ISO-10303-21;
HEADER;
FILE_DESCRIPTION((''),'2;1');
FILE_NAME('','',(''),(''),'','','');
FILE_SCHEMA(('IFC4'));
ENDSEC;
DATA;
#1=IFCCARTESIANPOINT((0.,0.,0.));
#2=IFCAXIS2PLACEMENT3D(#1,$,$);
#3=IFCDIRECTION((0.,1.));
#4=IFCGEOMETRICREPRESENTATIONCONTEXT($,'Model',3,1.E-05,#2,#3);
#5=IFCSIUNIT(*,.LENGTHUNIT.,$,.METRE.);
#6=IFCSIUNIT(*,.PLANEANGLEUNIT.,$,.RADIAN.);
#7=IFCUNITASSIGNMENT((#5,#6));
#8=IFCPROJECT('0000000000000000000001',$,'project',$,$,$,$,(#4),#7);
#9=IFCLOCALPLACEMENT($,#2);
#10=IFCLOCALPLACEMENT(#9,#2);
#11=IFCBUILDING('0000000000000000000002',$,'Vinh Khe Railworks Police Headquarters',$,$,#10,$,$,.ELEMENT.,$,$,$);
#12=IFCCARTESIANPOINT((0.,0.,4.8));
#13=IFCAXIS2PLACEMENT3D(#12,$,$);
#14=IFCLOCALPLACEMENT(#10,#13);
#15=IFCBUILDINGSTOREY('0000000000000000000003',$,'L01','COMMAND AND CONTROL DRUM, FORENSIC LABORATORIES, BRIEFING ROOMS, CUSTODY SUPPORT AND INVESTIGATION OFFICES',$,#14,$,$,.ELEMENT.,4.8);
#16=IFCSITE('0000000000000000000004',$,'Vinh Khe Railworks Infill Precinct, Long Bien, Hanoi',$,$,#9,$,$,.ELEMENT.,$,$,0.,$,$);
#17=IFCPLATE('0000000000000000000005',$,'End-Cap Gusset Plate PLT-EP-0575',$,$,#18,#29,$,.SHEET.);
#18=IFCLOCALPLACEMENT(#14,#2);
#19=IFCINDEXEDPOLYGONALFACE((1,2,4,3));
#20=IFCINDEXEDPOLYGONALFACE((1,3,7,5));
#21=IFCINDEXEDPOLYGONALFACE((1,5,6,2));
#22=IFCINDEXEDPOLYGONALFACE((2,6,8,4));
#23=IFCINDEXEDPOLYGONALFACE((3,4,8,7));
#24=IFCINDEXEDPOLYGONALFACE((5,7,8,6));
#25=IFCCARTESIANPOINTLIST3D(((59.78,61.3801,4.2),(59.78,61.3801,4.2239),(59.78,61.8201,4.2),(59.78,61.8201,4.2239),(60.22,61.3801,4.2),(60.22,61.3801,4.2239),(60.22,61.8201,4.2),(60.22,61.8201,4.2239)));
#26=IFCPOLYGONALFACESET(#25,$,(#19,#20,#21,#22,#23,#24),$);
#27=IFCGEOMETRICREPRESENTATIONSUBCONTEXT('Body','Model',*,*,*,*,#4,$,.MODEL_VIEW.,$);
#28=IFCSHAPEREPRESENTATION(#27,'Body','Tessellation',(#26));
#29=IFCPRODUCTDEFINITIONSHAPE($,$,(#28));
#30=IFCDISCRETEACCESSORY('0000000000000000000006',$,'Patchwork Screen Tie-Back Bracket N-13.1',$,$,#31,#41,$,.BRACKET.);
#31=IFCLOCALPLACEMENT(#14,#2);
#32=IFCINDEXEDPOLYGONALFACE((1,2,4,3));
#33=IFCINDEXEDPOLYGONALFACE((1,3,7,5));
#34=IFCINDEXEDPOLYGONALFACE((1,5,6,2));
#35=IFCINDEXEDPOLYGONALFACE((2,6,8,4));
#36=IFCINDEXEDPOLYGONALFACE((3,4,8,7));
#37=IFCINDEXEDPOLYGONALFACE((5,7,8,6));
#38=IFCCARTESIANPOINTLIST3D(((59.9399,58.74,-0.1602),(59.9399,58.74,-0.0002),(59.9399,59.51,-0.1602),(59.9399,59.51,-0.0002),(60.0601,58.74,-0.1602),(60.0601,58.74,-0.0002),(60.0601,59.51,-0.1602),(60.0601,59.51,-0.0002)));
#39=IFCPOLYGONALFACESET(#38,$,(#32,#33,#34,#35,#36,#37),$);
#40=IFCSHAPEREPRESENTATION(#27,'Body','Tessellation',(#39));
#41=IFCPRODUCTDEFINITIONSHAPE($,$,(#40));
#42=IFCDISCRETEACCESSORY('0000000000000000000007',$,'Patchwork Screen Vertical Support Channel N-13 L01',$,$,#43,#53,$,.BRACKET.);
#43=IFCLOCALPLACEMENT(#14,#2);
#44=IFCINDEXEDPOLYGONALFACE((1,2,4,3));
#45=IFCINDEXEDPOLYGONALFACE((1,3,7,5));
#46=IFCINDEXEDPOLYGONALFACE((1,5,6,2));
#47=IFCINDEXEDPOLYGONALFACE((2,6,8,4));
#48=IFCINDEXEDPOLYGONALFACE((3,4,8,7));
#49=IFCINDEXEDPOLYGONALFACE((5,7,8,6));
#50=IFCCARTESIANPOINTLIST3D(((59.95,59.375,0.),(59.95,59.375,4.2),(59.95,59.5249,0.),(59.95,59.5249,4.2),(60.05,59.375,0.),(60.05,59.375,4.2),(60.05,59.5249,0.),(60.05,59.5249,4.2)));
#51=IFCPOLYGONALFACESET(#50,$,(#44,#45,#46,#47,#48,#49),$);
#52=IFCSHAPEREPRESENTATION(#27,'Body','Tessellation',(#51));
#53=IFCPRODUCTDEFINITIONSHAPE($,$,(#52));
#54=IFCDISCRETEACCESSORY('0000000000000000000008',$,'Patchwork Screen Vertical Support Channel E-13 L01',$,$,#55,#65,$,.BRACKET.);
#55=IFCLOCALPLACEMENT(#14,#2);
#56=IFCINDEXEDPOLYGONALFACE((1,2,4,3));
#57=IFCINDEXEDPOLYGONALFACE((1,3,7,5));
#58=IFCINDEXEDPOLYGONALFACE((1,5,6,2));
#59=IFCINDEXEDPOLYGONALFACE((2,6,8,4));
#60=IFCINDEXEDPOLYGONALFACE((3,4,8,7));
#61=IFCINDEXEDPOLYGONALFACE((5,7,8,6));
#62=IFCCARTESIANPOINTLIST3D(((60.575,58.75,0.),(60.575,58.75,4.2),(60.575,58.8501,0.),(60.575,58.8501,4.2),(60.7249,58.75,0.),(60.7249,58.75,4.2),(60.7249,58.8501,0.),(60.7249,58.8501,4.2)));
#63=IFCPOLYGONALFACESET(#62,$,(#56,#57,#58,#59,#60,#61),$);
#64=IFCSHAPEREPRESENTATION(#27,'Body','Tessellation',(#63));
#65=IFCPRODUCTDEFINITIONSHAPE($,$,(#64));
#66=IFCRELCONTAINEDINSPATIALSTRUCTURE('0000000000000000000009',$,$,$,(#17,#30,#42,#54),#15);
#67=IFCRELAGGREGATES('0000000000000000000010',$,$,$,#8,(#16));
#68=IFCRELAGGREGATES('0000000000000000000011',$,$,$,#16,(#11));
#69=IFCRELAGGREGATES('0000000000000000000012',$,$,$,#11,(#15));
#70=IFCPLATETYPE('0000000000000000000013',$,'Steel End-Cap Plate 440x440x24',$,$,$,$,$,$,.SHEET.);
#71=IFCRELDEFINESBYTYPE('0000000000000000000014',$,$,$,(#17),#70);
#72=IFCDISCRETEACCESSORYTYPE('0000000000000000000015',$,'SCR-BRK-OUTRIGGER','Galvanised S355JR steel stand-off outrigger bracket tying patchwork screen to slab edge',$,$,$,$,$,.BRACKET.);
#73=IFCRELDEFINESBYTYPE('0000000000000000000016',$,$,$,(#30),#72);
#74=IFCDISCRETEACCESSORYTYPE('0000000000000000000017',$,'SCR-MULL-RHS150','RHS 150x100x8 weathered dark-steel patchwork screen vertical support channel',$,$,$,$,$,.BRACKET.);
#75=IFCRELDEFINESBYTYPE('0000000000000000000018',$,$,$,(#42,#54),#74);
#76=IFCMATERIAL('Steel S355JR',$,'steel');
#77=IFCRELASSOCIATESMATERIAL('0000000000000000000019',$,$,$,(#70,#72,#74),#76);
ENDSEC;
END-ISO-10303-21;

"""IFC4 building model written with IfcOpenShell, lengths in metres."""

from ifc_helpers import new_model, si_unit, direction, frame, origin, origin_2d, place, context, subcontext, project, spatial, rectangle, extrude, material, material_profile, profile_set, type_object, element, save


model = new_model("IFC4")

# Units and contexts
model_context = context("Model", 3, precision=1e-05, world=origin(), true_north=direction((0.0, 1.0)))
body_context = subcontext(model_context, "Body", "Model", "MODEL_VIEW")
ifc_project = project(units=[si_unit("LENGTHUNIT", "METRE"), si_unit("PLANEANGLEUNIT", "RADIAN")], contexts=[model_context])

# Site, building, storey
site_placement = place(None, origin())
site = spatial("IfcSite", under=ifc_project, at=site_placement, Name="Vinh Khe Railworks Infill Precinct, Long Bien, Hanoi", CompositionType="ELEMENT", RefElevation=0.0)
building_placement = place(site_placement, origin())
building = spatial("IfcBuilding", under=site, at=building_placement, Name="Vinh Khe Railworks Police Headquarters", CompositionType="ELEMENT")
storey_placement = place(building_placement, frame((0.0, 0.0, 4.8)))
storey = spatial("IfcBuildingStorey", under=building, at=storey_placement, Name="L01", Description="COMMAND AND CONTROL DRUM, FORENSIC LABORATORIES, BRIEFING ROOMS, CUSTODY SUPPORT AND INVESTIGATION OFFICES", CompositionType="ELEMENT", Elevation=4.8)

# Shared definitions
ifc_material_1 = material(Name="Steel S355JR", Category="steel")

# Plate
ifc_material_profile_1 = material_profile(ifc_material_1, rectangle(XDim=0.4399, YDim=0.4399, at=origin_2d()), Name="PL 440x440")
ifc_profile_set_1 = profile_set([ifc_material_profile_1], Name="Steel S355JR")
plate_type_1 = type_object("IfcPlateType", Name="Steel End-Cap Plate 440x440x24", PredefinedType="SHEET", material=ifc_profile_set_1)
plate_1_placement = place(storey_placement, frame((60.0, 61.6001, 4.2), z_axis=(0.0, 0.0, 1.0), x_axis=(1.0, 0.0, 0.0)))
element("IfcPlate", 1, at=plate_1_placement, inside=storey, type_object=plate_type_1, Name="End-Cap Gusset Plate PLT-EP-0575", PredefinedType="SHEET", context=body_context, shape_type="SweptSolid", body=[
    extrude(rectangle(XDim=0.4399, YDim=0.4399, at=origin_2d()), origin(), (0.0, 0.0, 1.0), 0.0239),
])

# Discrete accessories
discrete_accessory_type_1 = type_object("IfcDiscreteAccessoryType", Name="SCR-BRK-OUTRIGGER", Description="Galvanised S355JR steel stand-off outrigger bracket tying patchwork screen to slab edge", PredefinedType="BRACKET", material=ifc_material_1)
discrete_accessory_1_placement = place(storey_placement, frame((60.0, 59.125, -0.1602), z_axis=(0.0, 0.0, 1.0), x_axis=(1.0, 0.0, 0.0)))
element("IfcDiscreteAccessory", 2, at=discrete_accessory_1_placement, inside=storey, type_object=discrete_accessory_type_1, Name="Patchwork Screen Tie-Back Bracket N-13.1", PredefinedType="BRACKET", context=body_context, shape_type="SweptSolid", body=[
    extrude(rectangle(XDim=0.1201, YDim=0.77, at=origin_2d()), origin(), (0.0, 0.0, 1.0), 0.1599),
])
discrete_accessory_type_2 = type_object("IfcDiscreteAccessoryType", Name="SCR-MULL-RHS150", Description="RHS 150x100x8 weathered dark-steel patchwork screen vertical support channel", PredefinedType="BRACKET", material=ifc_material_1)
discrete_accessory_2_placement = place(storey_placement, frame((60.0, 59.45, 0.0), z_axis=(0.0, 0.0, 1.0), x_axis=(1.0, 0.0, 0.0)))
element("IfcDiscreteAccessory", 3, at=discrete_accessory_2_placement, inside=storey, type_object=discrete_accessory_type_2, Name="Patchwork Screen Vertical Support Channel N-13 L01", PredefinedType="BRACKET", context=body_context, shape_type="SweptSolid", body=[
    extrude(rectangle(XDim=0.1001, YDim=0.1499, at=origin_2d()), origin(), (0.0, 0.0, 1.0), 4.2),
])
discrete_accessory_3_placement = place(storey_placement, frame((60.6499, 58.8, 0.0), z_axis=(0.0, 0.0, 1.0), x_axis=(1.0, 0.0, 0.0)))
element("IfcDiscreteAccessory", 4, at=discrete_accessory_3_placement, inside=storey, type_object=discrete_accessory_type_2, Name="Patchwork Screen Vertical Support Channel E-13 L01", PredefinedType="BRACKET", context=body_context, shape_type="SweptSolid", body=[
    extrude(rectangle(XDim=0.1499, YDim=0.1001, at=origin_2d()), origin(), (0.0, 0.0, 1.0), 4.2),
])

save(model, "model.ifc")
